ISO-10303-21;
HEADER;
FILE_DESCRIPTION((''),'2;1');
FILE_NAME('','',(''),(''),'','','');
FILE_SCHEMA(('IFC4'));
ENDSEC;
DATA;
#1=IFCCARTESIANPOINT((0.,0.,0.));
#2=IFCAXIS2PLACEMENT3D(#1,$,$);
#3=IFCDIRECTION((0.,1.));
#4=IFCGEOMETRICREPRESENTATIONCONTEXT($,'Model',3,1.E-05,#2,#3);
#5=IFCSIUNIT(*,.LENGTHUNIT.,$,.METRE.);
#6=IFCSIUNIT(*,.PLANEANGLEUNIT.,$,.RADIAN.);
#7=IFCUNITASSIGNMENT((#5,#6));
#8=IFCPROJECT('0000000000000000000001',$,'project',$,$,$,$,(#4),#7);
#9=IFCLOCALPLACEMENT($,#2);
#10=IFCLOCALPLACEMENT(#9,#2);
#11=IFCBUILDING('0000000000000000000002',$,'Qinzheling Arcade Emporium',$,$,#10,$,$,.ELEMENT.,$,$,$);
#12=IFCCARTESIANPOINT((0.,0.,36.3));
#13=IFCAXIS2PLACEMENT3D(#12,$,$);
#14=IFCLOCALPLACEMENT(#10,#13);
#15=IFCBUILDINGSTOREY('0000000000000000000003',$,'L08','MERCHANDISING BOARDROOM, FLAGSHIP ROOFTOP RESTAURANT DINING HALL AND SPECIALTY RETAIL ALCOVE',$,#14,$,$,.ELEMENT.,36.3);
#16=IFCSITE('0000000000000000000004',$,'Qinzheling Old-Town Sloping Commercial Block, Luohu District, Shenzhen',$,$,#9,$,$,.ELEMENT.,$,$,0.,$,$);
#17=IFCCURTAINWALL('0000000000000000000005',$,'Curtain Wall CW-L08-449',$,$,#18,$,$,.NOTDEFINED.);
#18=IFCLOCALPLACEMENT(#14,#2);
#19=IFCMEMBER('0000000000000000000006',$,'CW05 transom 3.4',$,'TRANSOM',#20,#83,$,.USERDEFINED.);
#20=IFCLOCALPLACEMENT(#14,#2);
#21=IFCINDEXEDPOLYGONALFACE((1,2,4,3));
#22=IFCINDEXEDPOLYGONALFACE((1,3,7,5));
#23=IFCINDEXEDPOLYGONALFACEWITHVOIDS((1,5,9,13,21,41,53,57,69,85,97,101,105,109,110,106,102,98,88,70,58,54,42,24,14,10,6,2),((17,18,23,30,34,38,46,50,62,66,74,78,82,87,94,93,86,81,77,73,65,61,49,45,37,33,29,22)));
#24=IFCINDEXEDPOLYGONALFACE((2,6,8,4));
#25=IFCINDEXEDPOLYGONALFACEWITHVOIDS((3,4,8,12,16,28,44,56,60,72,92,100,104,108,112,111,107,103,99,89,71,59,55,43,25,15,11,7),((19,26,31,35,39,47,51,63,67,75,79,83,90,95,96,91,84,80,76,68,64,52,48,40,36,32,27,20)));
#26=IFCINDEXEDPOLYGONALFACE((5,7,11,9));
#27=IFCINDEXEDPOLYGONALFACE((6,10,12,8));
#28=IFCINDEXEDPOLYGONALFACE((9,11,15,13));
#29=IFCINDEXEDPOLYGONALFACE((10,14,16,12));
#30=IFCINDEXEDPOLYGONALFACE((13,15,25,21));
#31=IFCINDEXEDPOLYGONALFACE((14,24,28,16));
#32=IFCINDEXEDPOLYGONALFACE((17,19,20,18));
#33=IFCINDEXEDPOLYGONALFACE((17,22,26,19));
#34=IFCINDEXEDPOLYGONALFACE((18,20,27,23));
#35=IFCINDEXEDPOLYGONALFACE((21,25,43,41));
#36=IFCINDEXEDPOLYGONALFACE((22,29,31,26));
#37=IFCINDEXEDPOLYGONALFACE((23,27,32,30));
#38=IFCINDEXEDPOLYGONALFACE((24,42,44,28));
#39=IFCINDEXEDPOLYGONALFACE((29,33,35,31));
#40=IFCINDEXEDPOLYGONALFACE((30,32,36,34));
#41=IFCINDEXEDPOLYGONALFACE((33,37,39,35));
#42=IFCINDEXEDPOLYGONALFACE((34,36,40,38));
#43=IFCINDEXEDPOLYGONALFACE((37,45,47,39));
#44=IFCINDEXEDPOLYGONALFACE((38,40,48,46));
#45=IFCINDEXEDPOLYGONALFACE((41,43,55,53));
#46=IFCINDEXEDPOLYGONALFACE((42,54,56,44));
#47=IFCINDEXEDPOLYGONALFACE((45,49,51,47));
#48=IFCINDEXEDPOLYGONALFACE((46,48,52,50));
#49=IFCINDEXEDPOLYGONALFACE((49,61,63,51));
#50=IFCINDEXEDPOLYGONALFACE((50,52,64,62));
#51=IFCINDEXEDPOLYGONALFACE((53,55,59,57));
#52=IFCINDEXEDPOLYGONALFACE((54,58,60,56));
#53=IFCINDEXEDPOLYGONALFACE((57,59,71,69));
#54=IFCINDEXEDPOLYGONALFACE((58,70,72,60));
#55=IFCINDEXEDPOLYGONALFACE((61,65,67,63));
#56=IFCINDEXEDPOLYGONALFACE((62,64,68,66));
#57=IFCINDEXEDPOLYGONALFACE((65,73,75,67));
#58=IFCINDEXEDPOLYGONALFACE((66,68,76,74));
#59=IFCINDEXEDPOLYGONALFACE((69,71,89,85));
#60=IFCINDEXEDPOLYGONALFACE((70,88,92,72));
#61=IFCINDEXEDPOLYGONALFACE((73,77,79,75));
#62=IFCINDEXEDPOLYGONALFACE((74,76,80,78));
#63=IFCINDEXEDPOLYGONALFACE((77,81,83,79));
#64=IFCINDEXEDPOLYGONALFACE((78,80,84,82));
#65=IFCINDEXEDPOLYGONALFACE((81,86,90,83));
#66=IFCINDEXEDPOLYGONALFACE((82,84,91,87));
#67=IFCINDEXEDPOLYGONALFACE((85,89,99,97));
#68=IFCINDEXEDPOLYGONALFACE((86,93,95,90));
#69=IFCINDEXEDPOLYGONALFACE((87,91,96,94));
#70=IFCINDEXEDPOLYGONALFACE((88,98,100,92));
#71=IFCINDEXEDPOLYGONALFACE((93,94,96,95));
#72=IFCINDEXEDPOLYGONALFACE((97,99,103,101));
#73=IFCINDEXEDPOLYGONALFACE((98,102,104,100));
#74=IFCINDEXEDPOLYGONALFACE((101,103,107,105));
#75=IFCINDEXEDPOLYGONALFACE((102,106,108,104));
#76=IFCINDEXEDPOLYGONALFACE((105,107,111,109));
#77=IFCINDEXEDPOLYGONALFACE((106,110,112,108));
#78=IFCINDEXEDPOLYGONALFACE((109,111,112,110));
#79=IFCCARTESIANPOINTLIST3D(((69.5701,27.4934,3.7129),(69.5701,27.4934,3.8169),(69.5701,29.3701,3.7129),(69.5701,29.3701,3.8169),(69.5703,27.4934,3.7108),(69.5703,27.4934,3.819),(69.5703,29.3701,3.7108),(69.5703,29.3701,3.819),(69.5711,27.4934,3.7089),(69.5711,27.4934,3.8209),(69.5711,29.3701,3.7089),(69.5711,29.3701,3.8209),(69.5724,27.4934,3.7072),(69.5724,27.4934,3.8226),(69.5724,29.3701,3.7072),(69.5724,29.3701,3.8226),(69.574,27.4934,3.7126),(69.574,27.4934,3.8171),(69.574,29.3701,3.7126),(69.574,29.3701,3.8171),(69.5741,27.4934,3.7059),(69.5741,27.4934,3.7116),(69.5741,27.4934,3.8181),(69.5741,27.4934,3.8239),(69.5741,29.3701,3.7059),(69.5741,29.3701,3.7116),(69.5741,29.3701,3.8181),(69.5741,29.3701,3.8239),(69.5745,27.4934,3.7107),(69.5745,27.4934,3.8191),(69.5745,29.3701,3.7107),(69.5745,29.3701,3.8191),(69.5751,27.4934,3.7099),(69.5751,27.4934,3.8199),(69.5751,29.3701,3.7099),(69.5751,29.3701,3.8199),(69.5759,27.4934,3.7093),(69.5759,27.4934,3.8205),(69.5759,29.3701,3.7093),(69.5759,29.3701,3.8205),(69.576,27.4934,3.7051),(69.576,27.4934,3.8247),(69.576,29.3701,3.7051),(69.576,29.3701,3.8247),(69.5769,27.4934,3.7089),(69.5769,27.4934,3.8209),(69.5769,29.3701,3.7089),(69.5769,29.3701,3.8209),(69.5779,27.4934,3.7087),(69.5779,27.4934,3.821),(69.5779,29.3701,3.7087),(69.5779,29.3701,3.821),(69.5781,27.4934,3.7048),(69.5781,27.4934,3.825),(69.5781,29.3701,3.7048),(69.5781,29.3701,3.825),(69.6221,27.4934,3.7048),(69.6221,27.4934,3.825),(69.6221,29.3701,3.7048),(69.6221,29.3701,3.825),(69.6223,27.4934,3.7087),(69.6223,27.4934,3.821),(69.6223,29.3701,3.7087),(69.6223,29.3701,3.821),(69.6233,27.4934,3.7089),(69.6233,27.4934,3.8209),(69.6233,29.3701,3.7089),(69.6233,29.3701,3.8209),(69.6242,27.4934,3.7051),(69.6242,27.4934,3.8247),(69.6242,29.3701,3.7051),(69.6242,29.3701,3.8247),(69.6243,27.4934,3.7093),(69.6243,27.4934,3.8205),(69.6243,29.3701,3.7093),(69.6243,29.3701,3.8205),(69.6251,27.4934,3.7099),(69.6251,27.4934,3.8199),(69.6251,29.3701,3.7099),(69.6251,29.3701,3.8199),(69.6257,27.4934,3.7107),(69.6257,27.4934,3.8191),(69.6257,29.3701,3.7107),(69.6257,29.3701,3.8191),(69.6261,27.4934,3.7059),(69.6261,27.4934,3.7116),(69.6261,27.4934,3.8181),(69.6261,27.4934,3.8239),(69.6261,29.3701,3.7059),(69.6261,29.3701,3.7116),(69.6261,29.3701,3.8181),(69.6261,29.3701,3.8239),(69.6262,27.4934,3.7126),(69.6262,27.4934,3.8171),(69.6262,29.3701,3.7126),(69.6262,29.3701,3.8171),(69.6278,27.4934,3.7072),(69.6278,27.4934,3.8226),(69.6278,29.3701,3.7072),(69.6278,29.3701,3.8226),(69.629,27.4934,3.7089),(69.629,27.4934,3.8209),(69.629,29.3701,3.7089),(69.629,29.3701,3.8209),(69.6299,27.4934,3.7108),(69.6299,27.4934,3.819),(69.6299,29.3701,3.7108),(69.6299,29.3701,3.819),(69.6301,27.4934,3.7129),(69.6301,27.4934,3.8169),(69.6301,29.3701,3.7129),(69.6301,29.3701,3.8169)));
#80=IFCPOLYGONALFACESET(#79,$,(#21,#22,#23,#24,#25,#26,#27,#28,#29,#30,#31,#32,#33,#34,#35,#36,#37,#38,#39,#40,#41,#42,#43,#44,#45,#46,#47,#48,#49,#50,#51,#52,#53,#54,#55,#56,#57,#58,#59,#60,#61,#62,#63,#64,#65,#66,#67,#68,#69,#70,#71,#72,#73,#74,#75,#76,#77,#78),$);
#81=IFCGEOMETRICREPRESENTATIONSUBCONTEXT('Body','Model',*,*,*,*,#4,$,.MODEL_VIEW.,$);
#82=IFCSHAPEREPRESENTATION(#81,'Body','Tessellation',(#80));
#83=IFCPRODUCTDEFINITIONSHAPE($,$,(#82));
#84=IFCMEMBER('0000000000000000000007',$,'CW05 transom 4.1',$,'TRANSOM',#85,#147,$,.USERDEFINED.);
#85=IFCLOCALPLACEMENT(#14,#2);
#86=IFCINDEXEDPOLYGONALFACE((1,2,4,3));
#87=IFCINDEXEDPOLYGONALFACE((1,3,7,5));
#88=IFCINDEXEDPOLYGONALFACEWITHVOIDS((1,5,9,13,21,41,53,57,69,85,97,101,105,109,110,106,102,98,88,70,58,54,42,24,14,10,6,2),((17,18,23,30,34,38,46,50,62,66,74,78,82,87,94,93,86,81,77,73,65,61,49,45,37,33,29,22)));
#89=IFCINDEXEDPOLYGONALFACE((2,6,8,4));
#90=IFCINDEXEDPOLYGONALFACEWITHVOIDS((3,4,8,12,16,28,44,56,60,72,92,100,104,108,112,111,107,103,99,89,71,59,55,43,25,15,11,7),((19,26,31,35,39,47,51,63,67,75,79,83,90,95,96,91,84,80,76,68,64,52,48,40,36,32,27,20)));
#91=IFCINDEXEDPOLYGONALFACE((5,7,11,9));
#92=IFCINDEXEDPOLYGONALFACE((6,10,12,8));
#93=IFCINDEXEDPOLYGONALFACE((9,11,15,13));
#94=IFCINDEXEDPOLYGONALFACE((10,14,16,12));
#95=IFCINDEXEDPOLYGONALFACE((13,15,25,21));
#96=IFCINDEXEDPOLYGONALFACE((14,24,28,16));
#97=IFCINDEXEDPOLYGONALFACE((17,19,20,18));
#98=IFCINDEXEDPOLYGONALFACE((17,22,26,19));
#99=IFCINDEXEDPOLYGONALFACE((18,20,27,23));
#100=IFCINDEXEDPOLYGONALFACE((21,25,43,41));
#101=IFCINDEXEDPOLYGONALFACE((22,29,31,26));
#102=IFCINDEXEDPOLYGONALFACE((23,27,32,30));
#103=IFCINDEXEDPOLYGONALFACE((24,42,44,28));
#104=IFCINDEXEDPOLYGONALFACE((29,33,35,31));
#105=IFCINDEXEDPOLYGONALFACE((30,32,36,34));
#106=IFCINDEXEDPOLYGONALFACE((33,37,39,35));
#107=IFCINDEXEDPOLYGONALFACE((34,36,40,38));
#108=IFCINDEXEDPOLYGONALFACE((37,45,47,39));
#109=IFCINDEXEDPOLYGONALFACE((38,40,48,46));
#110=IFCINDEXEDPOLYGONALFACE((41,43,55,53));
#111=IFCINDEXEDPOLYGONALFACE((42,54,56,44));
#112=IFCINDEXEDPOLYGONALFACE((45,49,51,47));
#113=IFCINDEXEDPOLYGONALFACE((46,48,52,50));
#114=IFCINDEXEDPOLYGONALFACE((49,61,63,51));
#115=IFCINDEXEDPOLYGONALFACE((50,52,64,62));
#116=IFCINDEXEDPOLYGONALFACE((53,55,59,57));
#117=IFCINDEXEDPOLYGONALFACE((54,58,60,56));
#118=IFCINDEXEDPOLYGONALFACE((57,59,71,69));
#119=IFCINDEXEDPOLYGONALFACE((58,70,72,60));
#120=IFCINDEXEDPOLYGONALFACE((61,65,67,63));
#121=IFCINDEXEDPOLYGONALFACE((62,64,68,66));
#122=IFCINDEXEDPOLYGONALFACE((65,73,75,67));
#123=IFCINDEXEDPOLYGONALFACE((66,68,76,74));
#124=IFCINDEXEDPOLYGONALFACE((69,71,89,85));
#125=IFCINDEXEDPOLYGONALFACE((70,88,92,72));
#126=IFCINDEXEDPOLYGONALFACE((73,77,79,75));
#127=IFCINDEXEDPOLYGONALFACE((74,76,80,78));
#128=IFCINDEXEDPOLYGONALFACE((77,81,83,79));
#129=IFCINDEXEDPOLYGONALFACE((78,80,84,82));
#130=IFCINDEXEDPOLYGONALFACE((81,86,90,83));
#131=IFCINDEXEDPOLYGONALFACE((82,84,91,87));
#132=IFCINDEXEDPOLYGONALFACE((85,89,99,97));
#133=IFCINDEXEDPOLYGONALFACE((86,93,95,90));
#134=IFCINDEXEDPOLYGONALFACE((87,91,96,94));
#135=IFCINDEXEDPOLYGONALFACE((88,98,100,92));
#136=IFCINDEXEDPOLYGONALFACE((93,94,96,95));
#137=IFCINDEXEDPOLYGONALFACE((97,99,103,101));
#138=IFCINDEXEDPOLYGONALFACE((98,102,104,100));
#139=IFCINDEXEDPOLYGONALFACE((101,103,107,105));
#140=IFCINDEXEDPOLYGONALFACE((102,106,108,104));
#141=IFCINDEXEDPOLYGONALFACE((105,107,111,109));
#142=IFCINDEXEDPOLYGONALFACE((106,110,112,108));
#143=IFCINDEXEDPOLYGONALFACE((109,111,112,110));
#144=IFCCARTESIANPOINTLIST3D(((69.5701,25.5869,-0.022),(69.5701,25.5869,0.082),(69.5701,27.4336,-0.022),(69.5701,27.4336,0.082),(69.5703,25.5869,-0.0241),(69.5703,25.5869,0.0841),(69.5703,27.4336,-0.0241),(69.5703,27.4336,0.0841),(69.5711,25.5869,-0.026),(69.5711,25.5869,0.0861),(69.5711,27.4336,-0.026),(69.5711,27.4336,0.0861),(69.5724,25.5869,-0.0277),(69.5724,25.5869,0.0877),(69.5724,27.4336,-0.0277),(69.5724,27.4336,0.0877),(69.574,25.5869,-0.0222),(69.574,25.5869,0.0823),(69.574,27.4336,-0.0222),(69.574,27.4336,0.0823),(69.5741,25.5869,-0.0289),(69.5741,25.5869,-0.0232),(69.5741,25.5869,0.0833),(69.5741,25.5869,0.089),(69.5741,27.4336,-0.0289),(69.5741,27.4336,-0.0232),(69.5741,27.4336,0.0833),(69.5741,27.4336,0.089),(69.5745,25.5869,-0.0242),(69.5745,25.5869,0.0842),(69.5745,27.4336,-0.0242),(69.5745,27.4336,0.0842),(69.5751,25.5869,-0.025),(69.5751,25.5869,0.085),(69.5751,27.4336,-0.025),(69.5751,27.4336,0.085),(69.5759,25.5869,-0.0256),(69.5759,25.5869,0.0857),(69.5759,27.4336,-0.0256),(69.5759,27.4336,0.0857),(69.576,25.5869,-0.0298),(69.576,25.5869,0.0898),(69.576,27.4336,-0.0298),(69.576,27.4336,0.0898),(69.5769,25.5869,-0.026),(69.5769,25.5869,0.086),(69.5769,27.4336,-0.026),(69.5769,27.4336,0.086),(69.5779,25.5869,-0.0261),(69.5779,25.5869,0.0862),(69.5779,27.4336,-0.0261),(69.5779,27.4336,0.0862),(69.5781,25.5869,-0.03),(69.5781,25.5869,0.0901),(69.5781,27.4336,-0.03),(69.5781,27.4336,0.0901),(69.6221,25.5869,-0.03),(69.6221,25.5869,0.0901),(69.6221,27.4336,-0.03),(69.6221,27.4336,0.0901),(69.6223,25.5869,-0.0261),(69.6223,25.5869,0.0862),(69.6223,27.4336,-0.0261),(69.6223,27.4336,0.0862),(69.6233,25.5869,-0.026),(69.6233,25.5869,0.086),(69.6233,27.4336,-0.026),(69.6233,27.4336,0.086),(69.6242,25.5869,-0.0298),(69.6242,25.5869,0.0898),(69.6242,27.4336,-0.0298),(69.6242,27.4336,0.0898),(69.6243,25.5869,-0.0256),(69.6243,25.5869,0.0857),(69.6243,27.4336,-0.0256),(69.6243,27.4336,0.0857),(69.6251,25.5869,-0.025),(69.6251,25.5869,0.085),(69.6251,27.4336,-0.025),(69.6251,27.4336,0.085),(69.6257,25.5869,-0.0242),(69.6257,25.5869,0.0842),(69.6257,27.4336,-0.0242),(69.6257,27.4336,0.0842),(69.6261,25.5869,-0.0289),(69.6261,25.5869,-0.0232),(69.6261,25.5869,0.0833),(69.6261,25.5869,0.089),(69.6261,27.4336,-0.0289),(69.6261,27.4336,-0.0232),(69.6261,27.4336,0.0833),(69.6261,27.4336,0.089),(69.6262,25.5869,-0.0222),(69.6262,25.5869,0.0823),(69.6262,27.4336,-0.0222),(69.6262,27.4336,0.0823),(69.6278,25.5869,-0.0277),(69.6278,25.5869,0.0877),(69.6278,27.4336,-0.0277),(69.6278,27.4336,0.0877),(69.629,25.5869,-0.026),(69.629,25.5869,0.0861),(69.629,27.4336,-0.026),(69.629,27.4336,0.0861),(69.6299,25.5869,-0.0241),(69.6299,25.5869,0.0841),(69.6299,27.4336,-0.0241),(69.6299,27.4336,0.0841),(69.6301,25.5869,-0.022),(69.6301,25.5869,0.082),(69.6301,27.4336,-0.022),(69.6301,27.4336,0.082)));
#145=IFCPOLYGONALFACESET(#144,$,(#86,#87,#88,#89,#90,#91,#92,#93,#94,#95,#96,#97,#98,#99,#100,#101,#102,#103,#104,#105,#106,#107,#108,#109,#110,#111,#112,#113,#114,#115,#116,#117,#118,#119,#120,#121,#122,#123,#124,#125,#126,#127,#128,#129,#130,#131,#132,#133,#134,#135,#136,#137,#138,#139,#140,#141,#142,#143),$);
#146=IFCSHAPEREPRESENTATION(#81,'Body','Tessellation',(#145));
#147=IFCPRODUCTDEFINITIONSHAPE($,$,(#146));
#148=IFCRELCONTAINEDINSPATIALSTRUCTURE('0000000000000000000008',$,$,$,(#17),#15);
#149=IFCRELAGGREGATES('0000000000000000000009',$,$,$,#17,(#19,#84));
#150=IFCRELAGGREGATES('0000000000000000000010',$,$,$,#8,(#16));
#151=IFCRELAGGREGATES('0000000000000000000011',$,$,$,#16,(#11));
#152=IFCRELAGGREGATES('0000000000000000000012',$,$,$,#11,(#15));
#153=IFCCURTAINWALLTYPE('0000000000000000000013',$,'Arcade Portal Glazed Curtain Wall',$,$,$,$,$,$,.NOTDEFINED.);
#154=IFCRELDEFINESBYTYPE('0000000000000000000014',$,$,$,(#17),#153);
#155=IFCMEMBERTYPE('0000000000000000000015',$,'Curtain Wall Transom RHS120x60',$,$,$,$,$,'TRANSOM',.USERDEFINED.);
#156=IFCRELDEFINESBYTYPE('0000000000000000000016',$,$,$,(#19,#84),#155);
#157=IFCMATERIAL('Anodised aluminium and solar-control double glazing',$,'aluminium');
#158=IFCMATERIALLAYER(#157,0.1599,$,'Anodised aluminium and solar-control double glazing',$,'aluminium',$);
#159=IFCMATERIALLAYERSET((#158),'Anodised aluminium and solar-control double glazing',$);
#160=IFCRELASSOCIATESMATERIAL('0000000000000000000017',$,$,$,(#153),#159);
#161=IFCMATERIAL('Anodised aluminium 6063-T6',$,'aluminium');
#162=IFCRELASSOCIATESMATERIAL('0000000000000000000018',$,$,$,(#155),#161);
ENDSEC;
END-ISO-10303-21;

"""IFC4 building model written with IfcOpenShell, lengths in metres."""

from ifc_helpers import new_model, si_unit, direction, frame, origin, origin_2d, place, context, subcontext, project, spatial, hollow_rectangle, extrude, material, layer, layer_set, material_profile, profile_set, type_object, element, aggregate, save


model = new_model("IFC4")

# Units and contexts
model_context = context("Model", 3, precision=1e-05, world=origin(), true_north=direction((0.0, 1.0)))
body_context = subcontext(model_context, "Body", "Model", "MODEL_VIEW")
ifc_project = project(units=[si_unit("LENGTHUNIT", "METRE"), si_unit("PLANEANGLEUNIT", "RADIAN")], contexts=[model_context])

# Site, building, storey
site_placement = place(None, origin())
site = spatial("IfcSite", under=ifc_project, at=site_placement, Name="Qinzheling Old-Town Sloping Commercial Block, Luohu District, Shenzhen", CompositionType="ELEMENT", RefElevation=0.0)
building_placement = place(site_placement, origin())
building = spatial("IfcBuilding", under=site, at=building_placement, Name="Qinzheling Arcade Emporium", CompositionType="ELEMENT")
storey_placement = place(building_placement, frame((0.0, 0.0, 36.3)))
storey = spatial("IfcBuildingStorey", under=building, at=storey_placement, Name="L08", Description="MERCHANDISING BOARDROOM, FLAGSHIP ROOFTOP RESTAURANT DINING HALL AND SPECIALTY RETAIL ALCOVE", CompositionType="ELEMENT", Elevation=36.3)

# Curtain wall, members
ifc_material_1 = material(Name="Anodised aluminium and solar-control double glazing", Category="aluminium")
ifc_layer_1 = layer(ifc_material_1, 0.1599, Name="Anodised aluminium and solar-control double glazing", Category="aluminium")
ifc_layer_set_1 = layer_set([ifc_layer_1], Name="Anodised aluminium and solar-control double glazing")
curtain_wall_type = type_object("IfcCurtainWallType", Name="Arcade Portal Glazed Curtain Wall", PredefinedType="NOTDEFINED", material=ifc_layer_set_1)
curtain_wall_placement = place(storey_placement, origin())
curtain_wall = element("IfcCurtainWall", 1, at=curtain_wall_placement, inside=storey, type_object=curtain_wall_type, Name="Curtain Wall CW-L08-449", PredefinedType="NOTDEFINED")
ifc_material_2 = material(Name="Anodised aluminium 6063-T6", Category="aluminium")
ifc_material_profile_1 = material_profile(ifc_material_2, hollow_rectangle(XDim=0.0601, YDim=0.1201, WallThickness=0.0039, InnerFilletRadius=0.0039, OuterFilletRadius=0.0081, at=origin_2d()), Name="RHS 120x60x4", Category="aluminium")
ifc_profile_set_1 = profile_set([ifc_material_profile_1], Name="Anodised aluminium 6063-T6")
member_type_1 = type_object("IfcMemberType", Name="Curtain Wall Transom RHS120x60", ElementType="TRANSOM", PredefinedType="USERDEFINED", material=ifc_profile_set_1)
member_1_placement = place(storey_placement, frame((69.6001, 29.3701, 3.7649), z_axis=(0.0, -1.0, 0.0), x_axis=(1.0, 0.0, 0.0)))
member_1 = element("IfcMember", 2, at=member_1_placement, type_object=member_type_1, Name="CW05 transom 3.4", ObjectType="TRANSOM", PredefinedType="USERDEFINED", context=body_context, shape_type="SweptSolid", body=[
    extrude(hollow_rectangle(XDim=0.0601, YDim=0.1201, WallThickness=0.0039, InnerFilletRadius=0.0039, OuterFilletRadius=0.0081, at=origin_2d()), origin(), (0.0, 0.0, 1.0), 1.8767),
])
member_2_placement = place(storey_placement, frame((69.6001, 27.4336, 0.03), z_axis=(0.0, -1.0, 0.0), x_axis=(1.0, 0.0, 0.0)))
member_2 = element("IfcMember", 3, at=member_2_placement, type_object=member_type_1, Name="CW05 transom 4.1", ObjectType="TRANSOM", PredefinedType="USERDEFINED", context=body_context, shape_type="SweptSolid", body=[
    extrude(hollow_rectangle(XDim=0.0601, YDim=0.1201, WallThickness=0.0039, InnerFilletRadius=0.0039, OuterFilletRadius=0.0081, at=origin_2d()), origin(), (0.0, 0.0, 1.0), 1.8467),
])

aggregate(curtain_wall, [member_1, member_2])

save(model, "model.ifc")
